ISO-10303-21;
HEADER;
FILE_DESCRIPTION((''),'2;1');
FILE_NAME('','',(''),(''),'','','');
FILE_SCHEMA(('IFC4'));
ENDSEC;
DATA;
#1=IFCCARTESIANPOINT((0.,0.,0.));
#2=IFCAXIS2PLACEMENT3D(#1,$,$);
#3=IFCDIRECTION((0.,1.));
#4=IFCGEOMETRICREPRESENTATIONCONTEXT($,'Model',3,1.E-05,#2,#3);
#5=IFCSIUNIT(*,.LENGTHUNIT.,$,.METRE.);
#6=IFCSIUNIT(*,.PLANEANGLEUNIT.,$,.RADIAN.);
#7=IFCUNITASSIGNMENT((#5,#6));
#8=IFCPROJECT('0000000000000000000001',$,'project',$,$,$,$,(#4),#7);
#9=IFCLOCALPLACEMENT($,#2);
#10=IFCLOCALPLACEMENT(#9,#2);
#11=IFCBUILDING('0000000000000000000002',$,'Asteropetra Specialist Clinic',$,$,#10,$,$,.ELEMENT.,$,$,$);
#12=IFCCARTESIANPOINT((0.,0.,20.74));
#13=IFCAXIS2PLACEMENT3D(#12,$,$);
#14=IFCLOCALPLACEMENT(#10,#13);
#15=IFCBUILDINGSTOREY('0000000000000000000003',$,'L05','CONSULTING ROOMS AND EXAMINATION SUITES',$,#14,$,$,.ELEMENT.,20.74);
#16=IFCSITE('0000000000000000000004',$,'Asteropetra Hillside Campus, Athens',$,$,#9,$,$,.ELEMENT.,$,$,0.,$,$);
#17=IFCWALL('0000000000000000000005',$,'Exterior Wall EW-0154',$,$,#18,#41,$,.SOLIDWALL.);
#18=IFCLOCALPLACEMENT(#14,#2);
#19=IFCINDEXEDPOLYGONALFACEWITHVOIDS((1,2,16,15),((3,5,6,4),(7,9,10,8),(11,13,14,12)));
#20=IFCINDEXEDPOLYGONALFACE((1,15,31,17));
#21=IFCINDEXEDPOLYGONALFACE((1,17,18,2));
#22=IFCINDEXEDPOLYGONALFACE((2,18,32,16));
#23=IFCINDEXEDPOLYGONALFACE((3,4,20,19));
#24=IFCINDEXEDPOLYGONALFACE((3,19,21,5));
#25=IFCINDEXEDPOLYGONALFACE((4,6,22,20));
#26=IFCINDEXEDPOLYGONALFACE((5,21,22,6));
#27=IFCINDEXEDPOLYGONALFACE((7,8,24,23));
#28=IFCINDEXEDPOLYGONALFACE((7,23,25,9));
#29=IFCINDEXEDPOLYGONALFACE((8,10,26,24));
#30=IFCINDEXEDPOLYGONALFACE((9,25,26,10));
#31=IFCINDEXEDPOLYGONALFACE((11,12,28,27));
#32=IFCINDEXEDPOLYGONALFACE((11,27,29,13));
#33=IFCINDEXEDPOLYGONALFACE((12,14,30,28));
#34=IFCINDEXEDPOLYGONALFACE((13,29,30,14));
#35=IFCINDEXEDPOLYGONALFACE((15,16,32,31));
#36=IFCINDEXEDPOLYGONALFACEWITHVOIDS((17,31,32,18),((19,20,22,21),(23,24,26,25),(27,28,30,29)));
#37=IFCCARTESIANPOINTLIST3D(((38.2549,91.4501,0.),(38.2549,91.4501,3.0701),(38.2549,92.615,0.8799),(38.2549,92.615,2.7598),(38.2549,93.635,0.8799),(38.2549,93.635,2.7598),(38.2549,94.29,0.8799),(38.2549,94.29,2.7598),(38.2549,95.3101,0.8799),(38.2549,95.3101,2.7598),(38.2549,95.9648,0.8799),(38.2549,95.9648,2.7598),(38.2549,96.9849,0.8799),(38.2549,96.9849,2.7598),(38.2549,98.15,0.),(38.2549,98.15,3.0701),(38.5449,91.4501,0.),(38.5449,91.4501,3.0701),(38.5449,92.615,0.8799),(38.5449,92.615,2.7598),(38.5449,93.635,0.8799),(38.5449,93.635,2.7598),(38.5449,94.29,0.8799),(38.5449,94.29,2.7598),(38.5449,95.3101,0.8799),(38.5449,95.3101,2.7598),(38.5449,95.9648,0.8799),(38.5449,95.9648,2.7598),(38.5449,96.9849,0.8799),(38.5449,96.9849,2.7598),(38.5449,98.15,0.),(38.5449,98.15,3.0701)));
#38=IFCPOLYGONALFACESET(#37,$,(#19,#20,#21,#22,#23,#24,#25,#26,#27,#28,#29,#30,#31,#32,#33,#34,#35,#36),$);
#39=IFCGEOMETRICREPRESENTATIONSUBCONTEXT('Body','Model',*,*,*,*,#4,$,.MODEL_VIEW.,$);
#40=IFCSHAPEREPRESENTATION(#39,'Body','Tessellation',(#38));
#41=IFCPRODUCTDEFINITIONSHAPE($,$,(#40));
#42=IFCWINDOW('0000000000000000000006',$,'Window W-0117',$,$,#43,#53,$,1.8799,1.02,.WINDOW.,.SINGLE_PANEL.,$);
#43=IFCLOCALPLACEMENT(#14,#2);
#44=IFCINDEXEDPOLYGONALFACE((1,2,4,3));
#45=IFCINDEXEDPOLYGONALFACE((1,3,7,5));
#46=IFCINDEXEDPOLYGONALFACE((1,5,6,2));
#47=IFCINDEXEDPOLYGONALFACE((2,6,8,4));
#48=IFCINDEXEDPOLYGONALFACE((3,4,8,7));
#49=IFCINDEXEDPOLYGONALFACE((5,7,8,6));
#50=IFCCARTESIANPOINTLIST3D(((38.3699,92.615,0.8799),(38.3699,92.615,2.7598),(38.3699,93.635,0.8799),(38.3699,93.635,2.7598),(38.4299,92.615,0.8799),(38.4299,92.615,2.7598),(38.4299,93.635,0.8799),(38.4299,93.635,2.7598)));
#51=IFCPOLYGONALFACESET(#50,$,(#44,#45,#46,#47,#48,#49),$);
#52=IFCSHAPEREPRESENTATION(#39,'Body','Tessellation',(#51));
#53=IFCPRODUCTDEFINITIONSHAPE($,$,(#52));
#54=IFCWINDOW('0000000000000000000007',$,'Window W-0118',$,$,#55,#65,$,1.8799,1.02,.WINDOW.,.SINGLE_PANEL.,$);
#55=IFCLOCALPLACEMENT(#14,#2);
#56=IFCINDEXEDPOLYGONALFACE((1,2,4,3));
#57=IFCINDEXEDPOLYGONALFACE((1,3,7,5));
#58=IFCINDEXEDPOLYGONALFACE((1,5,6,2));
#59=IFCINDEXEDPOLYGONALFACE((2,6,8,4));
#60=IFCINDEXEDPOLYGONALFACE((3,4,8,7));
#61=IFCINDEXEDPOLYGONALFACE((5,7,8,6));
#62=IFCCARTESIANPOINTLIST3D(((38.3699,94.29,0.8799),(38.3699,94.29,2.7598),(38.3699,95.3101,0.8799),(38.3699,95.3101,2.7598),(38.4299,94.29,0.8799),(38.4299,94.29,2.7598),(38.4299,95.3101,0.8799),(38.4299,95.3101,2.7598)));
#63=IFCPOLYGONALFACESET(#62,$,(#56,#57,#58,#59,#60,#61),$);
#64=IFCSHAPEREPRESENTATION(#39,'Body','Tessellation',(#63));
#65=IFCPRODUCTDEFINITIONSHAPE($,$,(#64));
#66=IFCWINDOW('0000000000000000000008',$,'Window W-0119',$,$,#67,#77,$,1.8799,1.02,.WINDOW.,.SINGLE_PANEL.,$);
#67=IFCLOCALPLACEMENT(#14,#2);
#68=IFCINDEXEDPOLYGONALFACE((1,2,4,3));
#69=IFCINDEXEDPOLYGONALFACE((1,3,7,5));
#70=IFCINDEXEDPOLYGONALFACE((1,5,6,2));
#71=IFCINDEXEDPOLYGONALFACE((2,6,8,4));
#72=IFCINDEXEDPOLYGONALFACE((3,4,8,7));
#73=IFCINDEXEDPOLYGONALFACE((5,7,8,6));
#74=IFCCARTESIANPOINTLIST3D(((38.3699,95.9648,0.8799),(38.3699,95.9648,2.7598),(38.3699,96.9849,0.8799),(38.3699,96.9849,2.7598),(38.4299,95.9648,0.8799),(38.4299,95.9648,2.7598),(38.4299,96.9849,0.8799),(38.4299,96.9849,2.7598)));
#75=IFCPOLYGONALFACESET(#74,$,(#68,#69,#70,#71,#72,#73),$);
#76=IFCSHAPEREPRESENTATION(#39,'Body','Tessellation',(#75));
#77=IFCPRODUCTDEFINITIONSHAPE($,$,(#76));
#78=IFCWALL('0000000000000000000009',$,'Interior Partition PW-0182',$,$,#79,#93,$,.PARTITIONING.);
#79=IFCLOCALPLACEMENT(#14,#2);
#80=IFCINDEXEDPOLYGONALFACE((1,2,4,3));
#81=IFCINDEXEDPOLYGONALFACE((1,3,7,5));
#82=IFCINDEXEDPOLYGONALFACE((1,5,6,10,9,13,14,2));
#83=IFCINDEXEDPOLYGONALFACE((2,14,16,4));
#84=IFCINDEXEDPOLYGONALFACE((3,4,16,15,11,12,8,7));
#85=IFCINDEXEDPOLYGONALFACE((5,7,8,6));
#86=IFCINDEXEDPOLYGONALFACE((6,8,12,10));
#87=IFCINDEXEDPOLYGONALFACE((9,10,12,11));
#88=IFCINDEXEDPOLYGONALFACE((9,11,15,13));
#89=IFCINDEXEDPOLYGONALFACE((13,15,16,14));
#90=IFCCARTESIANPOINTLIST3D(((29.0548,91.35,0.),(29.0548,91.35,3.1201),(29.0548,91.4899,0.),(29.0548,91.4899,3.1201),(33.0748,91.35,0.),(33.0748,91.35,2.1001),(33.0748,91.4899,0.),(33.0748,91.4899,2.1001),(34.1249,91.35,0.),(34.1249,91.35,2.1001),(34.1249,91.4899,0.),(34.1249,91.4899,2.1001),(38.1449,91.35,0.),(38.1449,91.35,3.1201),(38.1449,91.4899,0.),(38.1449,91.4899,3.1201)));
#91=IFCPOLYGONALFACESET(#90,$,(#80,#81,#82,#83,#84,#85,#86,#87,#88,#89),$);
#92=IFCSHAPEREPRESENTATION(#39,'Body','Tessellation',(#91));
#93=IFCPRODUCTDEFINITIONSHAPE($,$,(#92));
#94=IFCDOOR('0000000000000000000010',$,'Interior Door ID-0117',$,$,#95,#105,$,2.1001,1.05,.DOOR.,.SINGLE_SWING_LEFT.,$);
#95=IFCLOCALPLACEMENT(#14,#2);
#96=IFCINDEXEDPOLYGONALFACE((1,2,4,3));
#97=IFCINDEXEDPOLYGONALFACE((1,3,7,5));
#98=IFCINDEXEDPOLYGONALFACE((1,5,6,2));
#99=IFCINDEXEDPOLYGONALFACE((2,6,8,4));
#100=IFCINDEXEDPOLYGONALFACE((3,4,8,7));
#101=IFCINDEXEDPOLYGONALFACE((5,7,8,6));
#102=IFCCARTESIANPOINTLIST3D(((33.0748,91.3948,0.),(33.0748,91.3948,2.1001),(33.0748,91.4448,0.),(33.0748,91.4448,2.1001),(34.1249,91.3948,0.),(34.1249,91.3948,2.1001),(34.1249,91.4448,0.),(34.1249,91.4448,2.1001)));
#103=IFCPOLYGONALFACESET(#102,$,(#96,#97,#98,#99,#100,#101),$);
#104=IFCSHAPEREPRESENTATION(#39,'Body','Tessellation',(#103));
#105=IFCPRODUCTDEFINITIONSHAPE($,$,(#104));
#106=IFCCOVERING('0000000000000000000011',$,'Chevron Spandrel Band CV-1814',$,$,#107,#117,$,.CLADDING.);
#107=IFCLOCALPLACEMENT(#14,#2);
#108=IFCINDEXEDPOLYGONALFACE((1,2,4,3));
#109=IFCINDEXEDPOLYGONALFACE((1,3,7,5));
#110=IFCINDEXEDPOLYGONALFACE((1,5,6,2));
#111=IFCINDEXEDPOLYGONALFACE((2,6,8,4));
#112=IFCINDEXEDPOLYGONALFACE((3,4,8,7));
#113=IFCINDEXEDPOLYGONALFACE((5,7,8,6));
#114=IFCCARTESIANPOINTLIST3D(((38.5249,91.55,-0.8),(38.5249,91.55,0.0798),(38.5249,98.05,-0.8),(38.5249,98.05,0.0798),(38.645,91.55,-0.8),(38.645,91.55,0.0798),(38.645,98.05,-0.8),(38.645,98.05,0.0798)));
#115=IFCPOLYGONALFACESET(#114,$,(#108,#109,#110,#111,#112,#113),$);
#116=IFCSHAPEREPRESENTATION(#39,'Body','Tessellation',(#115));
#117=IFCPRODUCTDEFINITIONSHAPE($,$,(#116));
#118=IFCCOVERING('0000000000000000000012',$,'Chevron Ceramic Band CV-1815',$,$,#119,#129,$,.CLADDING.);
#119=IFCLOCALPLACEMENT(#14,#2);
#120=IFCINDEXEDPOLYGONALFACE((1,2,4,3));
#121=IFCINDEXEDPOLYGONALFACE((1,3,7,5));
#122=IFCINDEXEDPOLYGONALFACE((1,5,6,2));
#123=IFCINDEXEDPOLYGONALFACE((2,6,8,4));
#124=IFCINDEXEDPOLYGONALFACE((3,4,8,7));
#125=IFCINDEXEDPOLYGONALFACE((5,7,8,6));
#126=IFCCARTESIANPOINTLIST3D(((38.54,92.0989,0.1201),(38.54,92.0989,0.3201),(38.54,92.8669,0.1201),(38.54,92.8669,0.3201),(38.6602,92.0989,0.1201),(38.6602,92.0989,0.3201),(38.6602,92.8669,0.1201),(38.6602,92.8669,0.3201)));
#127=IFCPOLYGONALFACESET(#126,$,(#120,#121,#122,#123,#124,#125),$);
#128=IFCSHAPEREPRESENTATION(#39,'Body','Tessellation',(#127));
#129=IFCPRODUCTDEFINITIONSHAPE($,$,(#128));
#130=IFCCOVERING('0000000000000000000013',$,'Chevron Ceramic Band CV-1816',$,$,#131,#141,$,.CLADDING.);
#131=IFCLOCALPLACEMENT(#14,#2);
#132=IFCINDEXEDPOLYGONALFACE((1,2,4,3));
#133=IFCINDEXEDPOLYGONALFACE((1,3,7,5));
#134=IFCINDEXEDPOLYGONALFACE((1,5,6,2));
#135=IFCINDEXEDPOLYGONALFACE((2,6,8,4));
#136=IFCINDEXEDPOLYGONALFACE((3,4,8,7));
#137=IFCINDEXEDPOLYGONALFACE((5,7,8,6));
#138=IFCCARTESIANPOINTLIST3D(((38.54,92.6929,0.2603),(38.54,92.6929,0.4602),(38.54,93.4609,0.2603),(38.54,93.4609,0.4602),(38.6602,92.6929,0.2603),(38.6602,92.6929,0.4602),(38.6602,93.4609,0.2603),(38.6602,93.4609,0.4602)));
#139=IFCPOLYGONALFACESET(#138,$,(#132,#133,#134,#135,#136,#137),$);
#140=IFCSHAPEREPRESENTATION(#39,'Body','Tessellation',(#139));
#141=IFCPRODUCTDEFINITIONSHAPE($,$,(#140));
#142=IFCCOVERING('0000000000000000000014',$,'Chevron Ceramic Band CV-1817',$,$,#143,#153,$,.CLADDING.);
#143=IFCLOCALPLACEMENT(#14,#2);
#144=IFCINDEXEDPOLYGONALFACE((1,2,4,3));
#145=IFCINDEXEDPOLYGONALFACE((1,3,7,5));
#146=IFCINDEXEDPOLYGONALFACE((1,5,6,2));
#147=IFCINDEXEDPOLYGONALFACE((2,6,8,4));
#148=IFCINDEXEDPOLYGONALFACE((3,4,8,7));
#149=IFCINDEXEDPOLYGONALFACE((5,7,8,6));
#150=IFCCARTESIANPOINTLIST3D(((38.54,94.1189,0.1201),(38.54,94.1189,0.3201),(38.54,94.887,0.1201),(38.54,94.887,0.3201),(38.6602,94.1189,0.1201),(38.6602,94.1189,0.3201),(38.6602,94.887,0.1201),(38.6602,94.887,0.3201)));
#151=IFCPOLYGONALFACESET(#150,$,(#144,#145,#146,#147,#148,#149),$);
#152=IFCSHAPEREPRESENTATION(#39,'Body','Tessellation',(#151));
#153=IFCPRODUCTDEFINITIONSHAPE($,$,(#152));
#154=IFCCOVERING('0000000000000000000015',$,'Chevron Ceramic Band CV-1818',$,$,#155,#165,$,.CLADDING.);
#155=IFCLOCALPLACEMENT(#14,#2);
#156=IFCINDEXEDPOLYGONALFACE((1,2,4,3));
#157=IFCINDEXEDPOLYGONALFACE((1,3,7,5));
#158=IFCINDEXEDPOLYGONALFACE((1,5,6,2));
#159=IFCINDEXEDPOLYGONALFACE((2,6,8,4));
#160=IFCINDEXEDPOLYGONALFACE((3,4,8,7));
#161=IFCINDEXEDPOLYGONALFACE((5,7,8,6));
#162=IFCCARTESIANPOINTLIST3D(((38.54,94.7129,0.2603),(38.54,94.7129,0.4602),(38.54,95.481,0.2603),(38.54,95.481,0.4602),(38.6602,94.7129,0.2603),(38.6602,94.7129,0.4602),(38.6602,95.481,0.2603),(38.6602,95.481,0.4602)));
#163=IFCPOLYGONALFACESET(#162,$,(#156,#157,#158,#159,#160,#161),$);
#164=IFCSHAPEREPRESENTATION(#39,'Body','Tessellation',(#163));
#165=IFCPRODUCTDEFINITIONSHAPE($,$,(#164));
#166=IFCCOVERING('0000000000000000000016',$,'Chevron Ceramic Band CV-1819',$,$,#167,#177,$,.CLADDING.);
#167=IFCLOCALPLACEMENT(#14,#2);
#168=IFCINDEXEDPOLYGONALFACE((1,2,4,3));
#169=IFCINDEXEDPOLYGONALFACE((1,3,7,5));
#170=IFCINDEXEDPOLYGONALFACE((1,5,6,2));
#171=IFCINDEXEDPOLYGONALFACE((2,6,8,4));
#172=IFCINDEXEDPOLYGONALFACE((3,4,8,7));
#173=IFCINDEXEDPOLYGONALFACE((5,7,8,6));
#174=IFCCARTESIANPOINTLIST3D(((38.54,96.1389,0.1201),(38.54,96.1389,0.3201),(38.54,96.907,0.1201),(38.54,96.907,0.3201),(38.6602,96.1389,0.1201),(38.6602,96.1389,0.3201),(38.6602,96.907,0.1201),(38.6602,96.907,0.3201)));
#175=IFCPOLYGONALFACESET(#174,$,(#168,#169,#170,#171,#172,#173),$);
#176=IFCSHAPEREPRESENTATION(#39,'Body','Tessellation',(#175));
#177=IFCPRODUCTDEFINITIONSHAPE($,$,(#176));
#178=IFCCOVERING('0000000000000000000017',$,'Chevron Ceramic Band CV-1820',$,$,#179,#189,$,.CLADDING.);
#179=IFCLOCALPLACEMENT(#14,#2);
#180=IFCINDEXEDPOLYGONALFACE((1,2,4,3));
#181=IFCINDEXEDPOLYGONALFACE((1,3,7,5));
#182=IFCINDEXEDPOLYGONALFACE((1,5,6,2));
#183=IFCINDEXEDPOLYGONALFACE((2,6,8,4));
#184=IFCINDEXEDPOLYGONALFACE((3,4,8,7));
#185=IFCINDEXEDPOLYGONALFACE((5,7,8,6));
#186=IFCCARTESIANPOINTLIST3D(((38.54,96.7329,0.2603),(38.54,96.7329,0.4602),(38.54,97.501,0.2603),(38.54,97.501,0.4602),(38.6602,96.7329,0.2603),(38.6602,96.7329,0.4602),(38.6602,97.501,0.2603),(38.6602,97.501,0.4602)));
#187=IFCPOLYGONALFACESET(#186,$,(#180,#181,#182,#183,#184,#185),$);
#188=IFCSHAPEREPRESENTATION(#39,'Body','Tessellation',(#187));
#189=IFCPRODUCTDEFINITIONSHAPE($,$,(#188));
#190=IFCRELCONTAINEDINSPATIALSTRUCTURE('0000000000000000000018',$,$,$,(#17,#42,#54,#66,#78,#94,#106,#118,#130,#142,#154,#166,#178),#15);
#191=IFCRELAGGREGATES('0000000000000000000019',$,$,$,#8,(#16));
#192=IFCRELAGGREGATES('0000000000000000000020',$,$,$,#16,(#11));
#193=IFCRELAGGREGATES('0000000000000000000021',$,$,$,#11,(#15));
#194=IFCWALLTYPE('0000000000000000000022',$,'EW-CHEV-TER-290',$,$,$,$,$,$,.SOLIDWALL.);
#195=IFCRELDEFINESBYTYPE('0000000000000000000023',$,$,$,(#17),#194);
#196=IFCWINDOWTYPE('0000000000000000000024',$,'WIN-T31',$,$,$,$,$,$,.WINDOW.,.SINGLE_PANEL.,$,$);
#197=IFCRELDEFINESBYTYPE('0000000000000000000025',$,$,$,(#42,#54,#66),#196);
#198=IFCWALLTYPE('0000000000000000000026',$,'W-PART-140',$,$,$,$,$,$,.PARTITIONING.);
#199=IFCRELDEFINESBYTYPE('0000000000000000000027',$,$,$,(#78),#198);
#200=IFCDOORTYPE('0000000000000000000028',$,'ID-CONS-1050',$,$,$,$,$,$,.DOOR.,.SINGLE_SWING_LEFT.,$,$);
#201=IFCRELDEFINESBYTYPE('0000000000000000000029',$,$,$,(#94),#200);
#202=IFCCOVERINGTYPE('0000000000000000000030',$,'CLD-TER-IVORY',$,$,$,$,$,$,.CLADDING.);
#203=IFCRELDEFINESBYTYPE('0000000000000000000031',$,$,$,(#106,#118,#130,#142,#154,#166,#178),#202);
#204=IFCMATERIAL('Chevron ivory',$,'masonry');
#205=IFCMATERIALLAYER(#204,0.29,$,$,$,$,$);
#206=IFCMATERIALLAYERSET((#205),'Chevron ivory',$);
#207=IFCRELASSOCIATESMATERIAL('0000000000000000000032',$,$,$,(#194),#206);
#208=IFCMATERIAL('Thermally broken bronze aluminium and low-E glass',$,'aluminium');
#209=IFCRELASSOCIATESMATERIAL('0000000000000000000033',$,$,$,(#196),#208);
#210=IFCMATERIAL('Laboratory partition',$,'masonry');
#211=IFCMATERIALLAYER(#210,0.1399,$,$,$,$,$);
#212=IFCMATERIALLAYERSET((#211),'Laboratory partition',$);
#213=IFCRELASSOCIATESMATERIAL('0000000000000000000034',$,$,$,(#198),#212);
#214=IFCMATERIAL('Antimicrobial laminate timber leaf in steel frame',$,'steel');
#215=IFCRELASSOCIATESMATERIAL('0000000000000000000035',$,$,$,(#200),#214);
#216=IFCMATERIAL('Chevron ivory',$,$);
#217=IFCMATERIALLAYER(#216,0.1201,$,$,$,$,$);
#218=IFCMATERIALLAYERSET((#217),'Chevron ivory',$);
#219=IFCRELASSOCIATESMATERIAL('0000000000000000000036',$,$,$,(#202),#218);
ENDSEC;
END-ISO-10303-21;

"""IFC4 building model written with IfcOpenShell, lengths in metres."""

from ifc_helpers import new_model, si_unit, direction, frame, frame_2d, origin, origin_2d, place, context, subcontext, project, spatial, rectangle, extrude, material, layer, layer_set, type_object, element, fill, save


model = new_model("IFC4")

# Units and contexts
model_context = context("Model", 3, precision=1e-05, world=origin(), true_north=direction((0.0, 1.0)))
body_context = subcontext(model_context, "Body", "Model", "MODEL_VIEW")
ifc_project = project(units=[si_unit("LENGTHUNIT", "METRE"), si_unit("PLANEANGLEUNIT", "RADIAN")], contexts=[model_context])

# Site, building, storey
site_placement = place(None, origin())
site = spatial("IfcSite", under=ifc_project, at=site_placement, Name="Asteropetra Hillside Campus, Athens", CompositionType="ELEMENT", RefElevation=0.0)
building_placement = place(site_placement, origin())
building = spatial("IfcBuilding", under=site, at=building_placement, Name="Asteropetra Specialist Clinic", CompositionType="ELEMENT")
storey_placement = place(building_placement, frame((0.0, 0.0, 20.74)))
storey = spatial("IfcBuildingStorey", under=building, at=storey_placement, Name="L05", Description="CONSULTING ROOMS AND EXAMINATION SUITES", CompositionType="ELEMENT", Elevation=20.74)

# Wall, openings, windows
ifc_material_1 = material(Name="Chevron ivory", Category="masonry")
ifc_layer_1 = layer(ifc_material_1, 0.29)
ifc_layer_set_1 = layer_set([ifc_layer_1], Name="Chevron ivory")
wall_type_1 = type_object("IfcWallType", Name="EW-CHEV-TER-290", PredefinedType="SOLIDWALL", material=ifc_layer_set_1)
wall_1_placement = place(storey_placement, frame((38.3999, 91.45, 0.0), z_axis=(0.0, 0.0, 1.0), x_axis=(0.0, 1.0, 0.0)))
wall_1 = element("IfcWall", 1, at=wall_1_placement, inside=storey, type_object=wall_type_1, Name="Exterior Wall EW-0154", PredefinedType="SOLIDWALL", context=body_context, shape_type="SweptSolid", body=[
    extrude(rectangle(XDim=6.7, YDim=0.29, at=frame_2d((3.3501, 0.0))), origin(), (0.0, 0.0, 1.0), 3.0701),
])
opening_1_placement = place(wall_1_placement, frame((1.165, 0.0, 0.8799)))
opening_1 = element("IfcOpeningElement", 2, at=opening_1_placement, cuts=wall_1, PredefinedType="OPENING", context=body_context, shape_type="SweptSolid", body=[
    extrude(rectangle(XDim=1.02, YDim=1.8799, at=frame_2d((0.51, 0.9399))), frame((0.0, 0.155, 0.0), z_axis=(0.0, -1.0, 0.0), x_axis=(1.0, 0.0, 0.0)), (0.0, 0.0, 1.0), 0.3101),
])
opening_2_placement = place(wall_1_placement, frame((2.8401, 0.0, 0.8799)))
opening_2 = element("IfcOpeningElement", 3, at=opening_2_placement, cuts=wall_1, PredefinedType="OPENING", context=body_context, shape_type="SweptSolid", body=[
    extrude(rectangle(XDim=1.02, YDim=1.8799, at=frame_2d((0.51, 0.9399))), frame((0.0, 0.155, 0.0), z_axis=(0.0, -1.0, 0.0), x_axis=(1.0, 0.0, 0.0)), (0.0, 0.0, 1.0), 0.3101),
])
opening_3_placement = place(wall_1_placement, frame((4.5149, 0.0, 0.8799)))
opening_3 = element("IfcOpeningElement", 4, at=opening_3_placement, cuts=wall_1, PredefinedType="OPENING", context=body_context, shape_type="SweptSolid", body=[
    extrude(rectangle(XDim=1.02, YDim=1.8799, at=frame_2d((0.51, 0.9399))), frame((0.0, 0.155, 0.0), z_axis=(0.0, -1.0, 0.0), x_axis=(1.0, 0.0, 0.0)), (0.0, 0.0, 1.0), 0.3101),
])
ifc_material_2 = material(Name="Thermally broken bronze aluminium and low-E glass", Category="aluminium")
window_type = type_object("IfcWindowType", Name="WIN-T31", PartitioningType="SINGLE_PANEL", PredefinedType="WINDOW", material=ifc_material_2)
window_1_placement = place(opening_1_placement, origin())
window_1 = element("IfcWindow", 5, at=window_1_placement, inside=storey, type_object=window_type, Name="Window W-0117", OverallHeight=1.8799, OverallWidth=1.02, PartitioningType="SINGLE_PANEL", PredefinedType="WINDOW", context=body_context, shape_type="SweptSolid", body=[
    extrude(rectangle(XDim=1.02, YDim=1.8799, at=frame_2d((0.51, 0.9399))), frame((0.0, 0.03, 0.0), z_axis=(0.0, -1.0, 0.0), x_axis=(1.0, 0.0, 0.0)), (0.0, 0.0, 1.0), 0.0601),
])
fill(opening_1, window_1)
window_2_placement = place(opening_2_placement, origin())
window_2 = element("IfcWindow", 6, at=window_2_placement, inside=storey, type_object=window_type, Name="Window W-0118", OverallHeight=1.8799, OverallWidth=1.02, PartitioningType="SINGLE_PANEL", PredefinedType="WINDOW", context=body_context, shape_type="SweptSolid", body=[
    extrude(rectangle(XDim=1.02, YDim=1.8799, at=frame_2d((0.51, 0.9399))), frame((0.0, 0.03, 0.0), z_axis=(0.0, -1.0, 0.0), x_axis=(1.0, 0.0, 0.0)), (0.0, 0.0, 1.0), 0.0601),
])
fill(opening_2, window_2)
window_3_placement = place(opening_3_placement, origin())
window_3 = element("IfcWindow", 7, at=window_3_placement, inside=storey, type_object=window_type, Name="Window W-0119", OverallHeight=1.8799, OverallWidth=1.02, PartitioningType="SINGLE_PANEL", PredefinedType="WINDOW", context=body_context, shape_type="SweptSolid", body=[
    extrude(rectangle(XDim=1.02, YDim=1.8799, at=frame_2d((0.51, 0.9399))), frame((0.0, 0.03, 0.0), z_axis=(0.0, -1.0, 0.0), x_axis=(1.0, 0.0, 0.0)), (0.0, 0.0, 1.0), 0.0601),
])
fill(opening_3, window_3)

# Wall, opening, door
ifc_material_3 = material(Name="Laboratory partition", Category="masonry")
ifc_layer_2 = layer(ifc_material_3, 0.1399)
ifc_layer_set_2 = layer_set([ifc_layer_2], Name="Laboratory partition")
wall_type_2 = type_object("IfcWallType", Name="W-PART-140", PredefinedType="PARTITIONING", material=ifc_layer_set_2)
wall_2_placement = place(storey_placement, frame((29.0549, 91.4199, 0.0), z_axis=(0.0, 0.0, 1.0), x_axis=(1.0, 0.0, 0.0)))
wall_2 = element("IfcWall", 8, at=wall_2_placement, inside=storey, type_object=wall_type_2, Name="Interior Partition PW-0182", PredefinedType="PARTITIONING", context=body_context, shape_type="SweptSolid", body=[
    extrude(rectangle(XDim=9.0901, YDim=0.1399, at=frame_2d((4.5449, 0.0))), origin(), (0.0, 0.0, 1.0), 3.1201),
])
opening_4_placement = place(wall_2_placement, frame((4.02, 0.0, 0.0)))
opening_4 = element("IfcOpeningElement", 9, at=opening_4_placement, cuts=wall_2, PredefinedType="OPENING", context=body_context, shape_type="SweptSolid", body=[
    extrude(rectangle(XDim=1.05, YDim=2.1001, at=frame_2d((0.5249, 1.05))), frame((0.0, 0.0798, 0.0), z_axis=(0.0, -1.0, 0.0), x_axis=(1.0, 0.0, 0.0)), (0.0, 0.0, 1.0), 0.1599),
])
ifc_material_4 = material(Name="Antimicrobial laminate timber leaf in steel frame", Category="steel")
door_type = type_object("IfcDoorType", Name="ID-CONS-1050", OperationType="SINGLE_SWING_LEFT", PredefinedType="DOOR", material=ifc_material_4)
door_placement = place(opening_4_placement, origin())
door = element("IfcDoor", 10, at=door_placement, inside=storey, type_object=door_type, Name="Interior Door ID-0117", OperationType="SINGLE_SWING_LEFT", OverallHeight=2.1001, OverallWidth=1.05, PredefinedType="DOOR", context=body_context, shape_type="SweptSolid", body=[
    extrude(rectangle(XDim=1.05, YDim=2.1001, at=frame_2d((0.5249, 1.05))), frame((0.0, 0.0249, 0.0), z_axis=(0.0, -1.0, 0.0), x_axis=(1.0, 0.0, 0.0)), (0.0, 0.0, 1.0), 0.05),
])
fill(opening_4, door)

# Coverings
ifc_material_5 = material(Name="Chevron ivory")
ifc_layer_3 = layer(ifc_material_5, 0.1201)
ifc_layer_set_3 = layer_set([ifc_layer_3], Name="Chevron ivory")
covering_type_1 = type_object("IfcCoveringType", Name="CLD-TER-IVORY", PredefinedType="CLADDING", material=ifc_layer_set_3)
covering_1_placement = place(storey_placement, frame((38.585, 94.8, -0.8), z_axis=(0.0, 0.0, 1.0), x_axis=(1.0, 0.0, 0.0)))
element("IfcCovering", 11, at=covering_1_placement, inside=storey, type_object=covering_type_1, Name="Chevron Spandrel Band CV-1814", PredefinedType="CLADDING", context=body_context, shape_type="SweptSolid", body=[
    extrude(rectangle(XDim=0.1201, YDim=6.5, at=origin_2d()), origin(), (0.0, 0.0, 1.0), 0.8799),
])
for number, where, z_axis, x_axis, name in (
    (12, (38.6001, 92.4829, 0.1201), (0.0, 0.0, 1.0), (1.0, 0.0, 0.0), "Chevron Ceramic Band CV-1815"),
    (13, (38.6001, 93.0769, 0.2603), (0.0, 0.0, 1.0), (1.0, 0.0, 0.0), "Chevron Ceramic Band CV-1816"),
    (14, (38.6001, 94.5029, 0.1201), (0.0, 0.0, 1.0), (1.0, 0.0, 0.0), "Chevron Ceramic Band CV-1817"),
    (15, (38.6001, 95.0969, 0.2603), (0.0, 0.0, 1.0), (1.0, 0.0, 0.0), "Chevron Ceramic Band CV-1818"),
    (16, (38.6001, 96.5229, 0.1201), (0.0, 0.0, 1.0), (1.0, 0.0, 0.0), "Chevron Ceramic Band CV-1819"),
    (17, (38.6001, 97.1169, 0.2603), (0.0, 0.0, 1.0), (1.0, 0.0, 0.0), "Chevron Ceramic Band CV-1820"),
):
    element("IfcCovering", number, at=place(storey_placement, frame(where, z_axis=z_axis, x_axis=x_axis)), inside=storey, type_object=covering_type_1, Name=name, PredefinedType="CLADDING", context=body_context, shape_type="SweptSolid", body=[
        extrude(rectangle(XDim=0.1201, YDim=0.7681, at=origin_2d()), origin(), (0.0, 0.0, 1.0), 0.2),
    ])

save(model, "model.ifc")
